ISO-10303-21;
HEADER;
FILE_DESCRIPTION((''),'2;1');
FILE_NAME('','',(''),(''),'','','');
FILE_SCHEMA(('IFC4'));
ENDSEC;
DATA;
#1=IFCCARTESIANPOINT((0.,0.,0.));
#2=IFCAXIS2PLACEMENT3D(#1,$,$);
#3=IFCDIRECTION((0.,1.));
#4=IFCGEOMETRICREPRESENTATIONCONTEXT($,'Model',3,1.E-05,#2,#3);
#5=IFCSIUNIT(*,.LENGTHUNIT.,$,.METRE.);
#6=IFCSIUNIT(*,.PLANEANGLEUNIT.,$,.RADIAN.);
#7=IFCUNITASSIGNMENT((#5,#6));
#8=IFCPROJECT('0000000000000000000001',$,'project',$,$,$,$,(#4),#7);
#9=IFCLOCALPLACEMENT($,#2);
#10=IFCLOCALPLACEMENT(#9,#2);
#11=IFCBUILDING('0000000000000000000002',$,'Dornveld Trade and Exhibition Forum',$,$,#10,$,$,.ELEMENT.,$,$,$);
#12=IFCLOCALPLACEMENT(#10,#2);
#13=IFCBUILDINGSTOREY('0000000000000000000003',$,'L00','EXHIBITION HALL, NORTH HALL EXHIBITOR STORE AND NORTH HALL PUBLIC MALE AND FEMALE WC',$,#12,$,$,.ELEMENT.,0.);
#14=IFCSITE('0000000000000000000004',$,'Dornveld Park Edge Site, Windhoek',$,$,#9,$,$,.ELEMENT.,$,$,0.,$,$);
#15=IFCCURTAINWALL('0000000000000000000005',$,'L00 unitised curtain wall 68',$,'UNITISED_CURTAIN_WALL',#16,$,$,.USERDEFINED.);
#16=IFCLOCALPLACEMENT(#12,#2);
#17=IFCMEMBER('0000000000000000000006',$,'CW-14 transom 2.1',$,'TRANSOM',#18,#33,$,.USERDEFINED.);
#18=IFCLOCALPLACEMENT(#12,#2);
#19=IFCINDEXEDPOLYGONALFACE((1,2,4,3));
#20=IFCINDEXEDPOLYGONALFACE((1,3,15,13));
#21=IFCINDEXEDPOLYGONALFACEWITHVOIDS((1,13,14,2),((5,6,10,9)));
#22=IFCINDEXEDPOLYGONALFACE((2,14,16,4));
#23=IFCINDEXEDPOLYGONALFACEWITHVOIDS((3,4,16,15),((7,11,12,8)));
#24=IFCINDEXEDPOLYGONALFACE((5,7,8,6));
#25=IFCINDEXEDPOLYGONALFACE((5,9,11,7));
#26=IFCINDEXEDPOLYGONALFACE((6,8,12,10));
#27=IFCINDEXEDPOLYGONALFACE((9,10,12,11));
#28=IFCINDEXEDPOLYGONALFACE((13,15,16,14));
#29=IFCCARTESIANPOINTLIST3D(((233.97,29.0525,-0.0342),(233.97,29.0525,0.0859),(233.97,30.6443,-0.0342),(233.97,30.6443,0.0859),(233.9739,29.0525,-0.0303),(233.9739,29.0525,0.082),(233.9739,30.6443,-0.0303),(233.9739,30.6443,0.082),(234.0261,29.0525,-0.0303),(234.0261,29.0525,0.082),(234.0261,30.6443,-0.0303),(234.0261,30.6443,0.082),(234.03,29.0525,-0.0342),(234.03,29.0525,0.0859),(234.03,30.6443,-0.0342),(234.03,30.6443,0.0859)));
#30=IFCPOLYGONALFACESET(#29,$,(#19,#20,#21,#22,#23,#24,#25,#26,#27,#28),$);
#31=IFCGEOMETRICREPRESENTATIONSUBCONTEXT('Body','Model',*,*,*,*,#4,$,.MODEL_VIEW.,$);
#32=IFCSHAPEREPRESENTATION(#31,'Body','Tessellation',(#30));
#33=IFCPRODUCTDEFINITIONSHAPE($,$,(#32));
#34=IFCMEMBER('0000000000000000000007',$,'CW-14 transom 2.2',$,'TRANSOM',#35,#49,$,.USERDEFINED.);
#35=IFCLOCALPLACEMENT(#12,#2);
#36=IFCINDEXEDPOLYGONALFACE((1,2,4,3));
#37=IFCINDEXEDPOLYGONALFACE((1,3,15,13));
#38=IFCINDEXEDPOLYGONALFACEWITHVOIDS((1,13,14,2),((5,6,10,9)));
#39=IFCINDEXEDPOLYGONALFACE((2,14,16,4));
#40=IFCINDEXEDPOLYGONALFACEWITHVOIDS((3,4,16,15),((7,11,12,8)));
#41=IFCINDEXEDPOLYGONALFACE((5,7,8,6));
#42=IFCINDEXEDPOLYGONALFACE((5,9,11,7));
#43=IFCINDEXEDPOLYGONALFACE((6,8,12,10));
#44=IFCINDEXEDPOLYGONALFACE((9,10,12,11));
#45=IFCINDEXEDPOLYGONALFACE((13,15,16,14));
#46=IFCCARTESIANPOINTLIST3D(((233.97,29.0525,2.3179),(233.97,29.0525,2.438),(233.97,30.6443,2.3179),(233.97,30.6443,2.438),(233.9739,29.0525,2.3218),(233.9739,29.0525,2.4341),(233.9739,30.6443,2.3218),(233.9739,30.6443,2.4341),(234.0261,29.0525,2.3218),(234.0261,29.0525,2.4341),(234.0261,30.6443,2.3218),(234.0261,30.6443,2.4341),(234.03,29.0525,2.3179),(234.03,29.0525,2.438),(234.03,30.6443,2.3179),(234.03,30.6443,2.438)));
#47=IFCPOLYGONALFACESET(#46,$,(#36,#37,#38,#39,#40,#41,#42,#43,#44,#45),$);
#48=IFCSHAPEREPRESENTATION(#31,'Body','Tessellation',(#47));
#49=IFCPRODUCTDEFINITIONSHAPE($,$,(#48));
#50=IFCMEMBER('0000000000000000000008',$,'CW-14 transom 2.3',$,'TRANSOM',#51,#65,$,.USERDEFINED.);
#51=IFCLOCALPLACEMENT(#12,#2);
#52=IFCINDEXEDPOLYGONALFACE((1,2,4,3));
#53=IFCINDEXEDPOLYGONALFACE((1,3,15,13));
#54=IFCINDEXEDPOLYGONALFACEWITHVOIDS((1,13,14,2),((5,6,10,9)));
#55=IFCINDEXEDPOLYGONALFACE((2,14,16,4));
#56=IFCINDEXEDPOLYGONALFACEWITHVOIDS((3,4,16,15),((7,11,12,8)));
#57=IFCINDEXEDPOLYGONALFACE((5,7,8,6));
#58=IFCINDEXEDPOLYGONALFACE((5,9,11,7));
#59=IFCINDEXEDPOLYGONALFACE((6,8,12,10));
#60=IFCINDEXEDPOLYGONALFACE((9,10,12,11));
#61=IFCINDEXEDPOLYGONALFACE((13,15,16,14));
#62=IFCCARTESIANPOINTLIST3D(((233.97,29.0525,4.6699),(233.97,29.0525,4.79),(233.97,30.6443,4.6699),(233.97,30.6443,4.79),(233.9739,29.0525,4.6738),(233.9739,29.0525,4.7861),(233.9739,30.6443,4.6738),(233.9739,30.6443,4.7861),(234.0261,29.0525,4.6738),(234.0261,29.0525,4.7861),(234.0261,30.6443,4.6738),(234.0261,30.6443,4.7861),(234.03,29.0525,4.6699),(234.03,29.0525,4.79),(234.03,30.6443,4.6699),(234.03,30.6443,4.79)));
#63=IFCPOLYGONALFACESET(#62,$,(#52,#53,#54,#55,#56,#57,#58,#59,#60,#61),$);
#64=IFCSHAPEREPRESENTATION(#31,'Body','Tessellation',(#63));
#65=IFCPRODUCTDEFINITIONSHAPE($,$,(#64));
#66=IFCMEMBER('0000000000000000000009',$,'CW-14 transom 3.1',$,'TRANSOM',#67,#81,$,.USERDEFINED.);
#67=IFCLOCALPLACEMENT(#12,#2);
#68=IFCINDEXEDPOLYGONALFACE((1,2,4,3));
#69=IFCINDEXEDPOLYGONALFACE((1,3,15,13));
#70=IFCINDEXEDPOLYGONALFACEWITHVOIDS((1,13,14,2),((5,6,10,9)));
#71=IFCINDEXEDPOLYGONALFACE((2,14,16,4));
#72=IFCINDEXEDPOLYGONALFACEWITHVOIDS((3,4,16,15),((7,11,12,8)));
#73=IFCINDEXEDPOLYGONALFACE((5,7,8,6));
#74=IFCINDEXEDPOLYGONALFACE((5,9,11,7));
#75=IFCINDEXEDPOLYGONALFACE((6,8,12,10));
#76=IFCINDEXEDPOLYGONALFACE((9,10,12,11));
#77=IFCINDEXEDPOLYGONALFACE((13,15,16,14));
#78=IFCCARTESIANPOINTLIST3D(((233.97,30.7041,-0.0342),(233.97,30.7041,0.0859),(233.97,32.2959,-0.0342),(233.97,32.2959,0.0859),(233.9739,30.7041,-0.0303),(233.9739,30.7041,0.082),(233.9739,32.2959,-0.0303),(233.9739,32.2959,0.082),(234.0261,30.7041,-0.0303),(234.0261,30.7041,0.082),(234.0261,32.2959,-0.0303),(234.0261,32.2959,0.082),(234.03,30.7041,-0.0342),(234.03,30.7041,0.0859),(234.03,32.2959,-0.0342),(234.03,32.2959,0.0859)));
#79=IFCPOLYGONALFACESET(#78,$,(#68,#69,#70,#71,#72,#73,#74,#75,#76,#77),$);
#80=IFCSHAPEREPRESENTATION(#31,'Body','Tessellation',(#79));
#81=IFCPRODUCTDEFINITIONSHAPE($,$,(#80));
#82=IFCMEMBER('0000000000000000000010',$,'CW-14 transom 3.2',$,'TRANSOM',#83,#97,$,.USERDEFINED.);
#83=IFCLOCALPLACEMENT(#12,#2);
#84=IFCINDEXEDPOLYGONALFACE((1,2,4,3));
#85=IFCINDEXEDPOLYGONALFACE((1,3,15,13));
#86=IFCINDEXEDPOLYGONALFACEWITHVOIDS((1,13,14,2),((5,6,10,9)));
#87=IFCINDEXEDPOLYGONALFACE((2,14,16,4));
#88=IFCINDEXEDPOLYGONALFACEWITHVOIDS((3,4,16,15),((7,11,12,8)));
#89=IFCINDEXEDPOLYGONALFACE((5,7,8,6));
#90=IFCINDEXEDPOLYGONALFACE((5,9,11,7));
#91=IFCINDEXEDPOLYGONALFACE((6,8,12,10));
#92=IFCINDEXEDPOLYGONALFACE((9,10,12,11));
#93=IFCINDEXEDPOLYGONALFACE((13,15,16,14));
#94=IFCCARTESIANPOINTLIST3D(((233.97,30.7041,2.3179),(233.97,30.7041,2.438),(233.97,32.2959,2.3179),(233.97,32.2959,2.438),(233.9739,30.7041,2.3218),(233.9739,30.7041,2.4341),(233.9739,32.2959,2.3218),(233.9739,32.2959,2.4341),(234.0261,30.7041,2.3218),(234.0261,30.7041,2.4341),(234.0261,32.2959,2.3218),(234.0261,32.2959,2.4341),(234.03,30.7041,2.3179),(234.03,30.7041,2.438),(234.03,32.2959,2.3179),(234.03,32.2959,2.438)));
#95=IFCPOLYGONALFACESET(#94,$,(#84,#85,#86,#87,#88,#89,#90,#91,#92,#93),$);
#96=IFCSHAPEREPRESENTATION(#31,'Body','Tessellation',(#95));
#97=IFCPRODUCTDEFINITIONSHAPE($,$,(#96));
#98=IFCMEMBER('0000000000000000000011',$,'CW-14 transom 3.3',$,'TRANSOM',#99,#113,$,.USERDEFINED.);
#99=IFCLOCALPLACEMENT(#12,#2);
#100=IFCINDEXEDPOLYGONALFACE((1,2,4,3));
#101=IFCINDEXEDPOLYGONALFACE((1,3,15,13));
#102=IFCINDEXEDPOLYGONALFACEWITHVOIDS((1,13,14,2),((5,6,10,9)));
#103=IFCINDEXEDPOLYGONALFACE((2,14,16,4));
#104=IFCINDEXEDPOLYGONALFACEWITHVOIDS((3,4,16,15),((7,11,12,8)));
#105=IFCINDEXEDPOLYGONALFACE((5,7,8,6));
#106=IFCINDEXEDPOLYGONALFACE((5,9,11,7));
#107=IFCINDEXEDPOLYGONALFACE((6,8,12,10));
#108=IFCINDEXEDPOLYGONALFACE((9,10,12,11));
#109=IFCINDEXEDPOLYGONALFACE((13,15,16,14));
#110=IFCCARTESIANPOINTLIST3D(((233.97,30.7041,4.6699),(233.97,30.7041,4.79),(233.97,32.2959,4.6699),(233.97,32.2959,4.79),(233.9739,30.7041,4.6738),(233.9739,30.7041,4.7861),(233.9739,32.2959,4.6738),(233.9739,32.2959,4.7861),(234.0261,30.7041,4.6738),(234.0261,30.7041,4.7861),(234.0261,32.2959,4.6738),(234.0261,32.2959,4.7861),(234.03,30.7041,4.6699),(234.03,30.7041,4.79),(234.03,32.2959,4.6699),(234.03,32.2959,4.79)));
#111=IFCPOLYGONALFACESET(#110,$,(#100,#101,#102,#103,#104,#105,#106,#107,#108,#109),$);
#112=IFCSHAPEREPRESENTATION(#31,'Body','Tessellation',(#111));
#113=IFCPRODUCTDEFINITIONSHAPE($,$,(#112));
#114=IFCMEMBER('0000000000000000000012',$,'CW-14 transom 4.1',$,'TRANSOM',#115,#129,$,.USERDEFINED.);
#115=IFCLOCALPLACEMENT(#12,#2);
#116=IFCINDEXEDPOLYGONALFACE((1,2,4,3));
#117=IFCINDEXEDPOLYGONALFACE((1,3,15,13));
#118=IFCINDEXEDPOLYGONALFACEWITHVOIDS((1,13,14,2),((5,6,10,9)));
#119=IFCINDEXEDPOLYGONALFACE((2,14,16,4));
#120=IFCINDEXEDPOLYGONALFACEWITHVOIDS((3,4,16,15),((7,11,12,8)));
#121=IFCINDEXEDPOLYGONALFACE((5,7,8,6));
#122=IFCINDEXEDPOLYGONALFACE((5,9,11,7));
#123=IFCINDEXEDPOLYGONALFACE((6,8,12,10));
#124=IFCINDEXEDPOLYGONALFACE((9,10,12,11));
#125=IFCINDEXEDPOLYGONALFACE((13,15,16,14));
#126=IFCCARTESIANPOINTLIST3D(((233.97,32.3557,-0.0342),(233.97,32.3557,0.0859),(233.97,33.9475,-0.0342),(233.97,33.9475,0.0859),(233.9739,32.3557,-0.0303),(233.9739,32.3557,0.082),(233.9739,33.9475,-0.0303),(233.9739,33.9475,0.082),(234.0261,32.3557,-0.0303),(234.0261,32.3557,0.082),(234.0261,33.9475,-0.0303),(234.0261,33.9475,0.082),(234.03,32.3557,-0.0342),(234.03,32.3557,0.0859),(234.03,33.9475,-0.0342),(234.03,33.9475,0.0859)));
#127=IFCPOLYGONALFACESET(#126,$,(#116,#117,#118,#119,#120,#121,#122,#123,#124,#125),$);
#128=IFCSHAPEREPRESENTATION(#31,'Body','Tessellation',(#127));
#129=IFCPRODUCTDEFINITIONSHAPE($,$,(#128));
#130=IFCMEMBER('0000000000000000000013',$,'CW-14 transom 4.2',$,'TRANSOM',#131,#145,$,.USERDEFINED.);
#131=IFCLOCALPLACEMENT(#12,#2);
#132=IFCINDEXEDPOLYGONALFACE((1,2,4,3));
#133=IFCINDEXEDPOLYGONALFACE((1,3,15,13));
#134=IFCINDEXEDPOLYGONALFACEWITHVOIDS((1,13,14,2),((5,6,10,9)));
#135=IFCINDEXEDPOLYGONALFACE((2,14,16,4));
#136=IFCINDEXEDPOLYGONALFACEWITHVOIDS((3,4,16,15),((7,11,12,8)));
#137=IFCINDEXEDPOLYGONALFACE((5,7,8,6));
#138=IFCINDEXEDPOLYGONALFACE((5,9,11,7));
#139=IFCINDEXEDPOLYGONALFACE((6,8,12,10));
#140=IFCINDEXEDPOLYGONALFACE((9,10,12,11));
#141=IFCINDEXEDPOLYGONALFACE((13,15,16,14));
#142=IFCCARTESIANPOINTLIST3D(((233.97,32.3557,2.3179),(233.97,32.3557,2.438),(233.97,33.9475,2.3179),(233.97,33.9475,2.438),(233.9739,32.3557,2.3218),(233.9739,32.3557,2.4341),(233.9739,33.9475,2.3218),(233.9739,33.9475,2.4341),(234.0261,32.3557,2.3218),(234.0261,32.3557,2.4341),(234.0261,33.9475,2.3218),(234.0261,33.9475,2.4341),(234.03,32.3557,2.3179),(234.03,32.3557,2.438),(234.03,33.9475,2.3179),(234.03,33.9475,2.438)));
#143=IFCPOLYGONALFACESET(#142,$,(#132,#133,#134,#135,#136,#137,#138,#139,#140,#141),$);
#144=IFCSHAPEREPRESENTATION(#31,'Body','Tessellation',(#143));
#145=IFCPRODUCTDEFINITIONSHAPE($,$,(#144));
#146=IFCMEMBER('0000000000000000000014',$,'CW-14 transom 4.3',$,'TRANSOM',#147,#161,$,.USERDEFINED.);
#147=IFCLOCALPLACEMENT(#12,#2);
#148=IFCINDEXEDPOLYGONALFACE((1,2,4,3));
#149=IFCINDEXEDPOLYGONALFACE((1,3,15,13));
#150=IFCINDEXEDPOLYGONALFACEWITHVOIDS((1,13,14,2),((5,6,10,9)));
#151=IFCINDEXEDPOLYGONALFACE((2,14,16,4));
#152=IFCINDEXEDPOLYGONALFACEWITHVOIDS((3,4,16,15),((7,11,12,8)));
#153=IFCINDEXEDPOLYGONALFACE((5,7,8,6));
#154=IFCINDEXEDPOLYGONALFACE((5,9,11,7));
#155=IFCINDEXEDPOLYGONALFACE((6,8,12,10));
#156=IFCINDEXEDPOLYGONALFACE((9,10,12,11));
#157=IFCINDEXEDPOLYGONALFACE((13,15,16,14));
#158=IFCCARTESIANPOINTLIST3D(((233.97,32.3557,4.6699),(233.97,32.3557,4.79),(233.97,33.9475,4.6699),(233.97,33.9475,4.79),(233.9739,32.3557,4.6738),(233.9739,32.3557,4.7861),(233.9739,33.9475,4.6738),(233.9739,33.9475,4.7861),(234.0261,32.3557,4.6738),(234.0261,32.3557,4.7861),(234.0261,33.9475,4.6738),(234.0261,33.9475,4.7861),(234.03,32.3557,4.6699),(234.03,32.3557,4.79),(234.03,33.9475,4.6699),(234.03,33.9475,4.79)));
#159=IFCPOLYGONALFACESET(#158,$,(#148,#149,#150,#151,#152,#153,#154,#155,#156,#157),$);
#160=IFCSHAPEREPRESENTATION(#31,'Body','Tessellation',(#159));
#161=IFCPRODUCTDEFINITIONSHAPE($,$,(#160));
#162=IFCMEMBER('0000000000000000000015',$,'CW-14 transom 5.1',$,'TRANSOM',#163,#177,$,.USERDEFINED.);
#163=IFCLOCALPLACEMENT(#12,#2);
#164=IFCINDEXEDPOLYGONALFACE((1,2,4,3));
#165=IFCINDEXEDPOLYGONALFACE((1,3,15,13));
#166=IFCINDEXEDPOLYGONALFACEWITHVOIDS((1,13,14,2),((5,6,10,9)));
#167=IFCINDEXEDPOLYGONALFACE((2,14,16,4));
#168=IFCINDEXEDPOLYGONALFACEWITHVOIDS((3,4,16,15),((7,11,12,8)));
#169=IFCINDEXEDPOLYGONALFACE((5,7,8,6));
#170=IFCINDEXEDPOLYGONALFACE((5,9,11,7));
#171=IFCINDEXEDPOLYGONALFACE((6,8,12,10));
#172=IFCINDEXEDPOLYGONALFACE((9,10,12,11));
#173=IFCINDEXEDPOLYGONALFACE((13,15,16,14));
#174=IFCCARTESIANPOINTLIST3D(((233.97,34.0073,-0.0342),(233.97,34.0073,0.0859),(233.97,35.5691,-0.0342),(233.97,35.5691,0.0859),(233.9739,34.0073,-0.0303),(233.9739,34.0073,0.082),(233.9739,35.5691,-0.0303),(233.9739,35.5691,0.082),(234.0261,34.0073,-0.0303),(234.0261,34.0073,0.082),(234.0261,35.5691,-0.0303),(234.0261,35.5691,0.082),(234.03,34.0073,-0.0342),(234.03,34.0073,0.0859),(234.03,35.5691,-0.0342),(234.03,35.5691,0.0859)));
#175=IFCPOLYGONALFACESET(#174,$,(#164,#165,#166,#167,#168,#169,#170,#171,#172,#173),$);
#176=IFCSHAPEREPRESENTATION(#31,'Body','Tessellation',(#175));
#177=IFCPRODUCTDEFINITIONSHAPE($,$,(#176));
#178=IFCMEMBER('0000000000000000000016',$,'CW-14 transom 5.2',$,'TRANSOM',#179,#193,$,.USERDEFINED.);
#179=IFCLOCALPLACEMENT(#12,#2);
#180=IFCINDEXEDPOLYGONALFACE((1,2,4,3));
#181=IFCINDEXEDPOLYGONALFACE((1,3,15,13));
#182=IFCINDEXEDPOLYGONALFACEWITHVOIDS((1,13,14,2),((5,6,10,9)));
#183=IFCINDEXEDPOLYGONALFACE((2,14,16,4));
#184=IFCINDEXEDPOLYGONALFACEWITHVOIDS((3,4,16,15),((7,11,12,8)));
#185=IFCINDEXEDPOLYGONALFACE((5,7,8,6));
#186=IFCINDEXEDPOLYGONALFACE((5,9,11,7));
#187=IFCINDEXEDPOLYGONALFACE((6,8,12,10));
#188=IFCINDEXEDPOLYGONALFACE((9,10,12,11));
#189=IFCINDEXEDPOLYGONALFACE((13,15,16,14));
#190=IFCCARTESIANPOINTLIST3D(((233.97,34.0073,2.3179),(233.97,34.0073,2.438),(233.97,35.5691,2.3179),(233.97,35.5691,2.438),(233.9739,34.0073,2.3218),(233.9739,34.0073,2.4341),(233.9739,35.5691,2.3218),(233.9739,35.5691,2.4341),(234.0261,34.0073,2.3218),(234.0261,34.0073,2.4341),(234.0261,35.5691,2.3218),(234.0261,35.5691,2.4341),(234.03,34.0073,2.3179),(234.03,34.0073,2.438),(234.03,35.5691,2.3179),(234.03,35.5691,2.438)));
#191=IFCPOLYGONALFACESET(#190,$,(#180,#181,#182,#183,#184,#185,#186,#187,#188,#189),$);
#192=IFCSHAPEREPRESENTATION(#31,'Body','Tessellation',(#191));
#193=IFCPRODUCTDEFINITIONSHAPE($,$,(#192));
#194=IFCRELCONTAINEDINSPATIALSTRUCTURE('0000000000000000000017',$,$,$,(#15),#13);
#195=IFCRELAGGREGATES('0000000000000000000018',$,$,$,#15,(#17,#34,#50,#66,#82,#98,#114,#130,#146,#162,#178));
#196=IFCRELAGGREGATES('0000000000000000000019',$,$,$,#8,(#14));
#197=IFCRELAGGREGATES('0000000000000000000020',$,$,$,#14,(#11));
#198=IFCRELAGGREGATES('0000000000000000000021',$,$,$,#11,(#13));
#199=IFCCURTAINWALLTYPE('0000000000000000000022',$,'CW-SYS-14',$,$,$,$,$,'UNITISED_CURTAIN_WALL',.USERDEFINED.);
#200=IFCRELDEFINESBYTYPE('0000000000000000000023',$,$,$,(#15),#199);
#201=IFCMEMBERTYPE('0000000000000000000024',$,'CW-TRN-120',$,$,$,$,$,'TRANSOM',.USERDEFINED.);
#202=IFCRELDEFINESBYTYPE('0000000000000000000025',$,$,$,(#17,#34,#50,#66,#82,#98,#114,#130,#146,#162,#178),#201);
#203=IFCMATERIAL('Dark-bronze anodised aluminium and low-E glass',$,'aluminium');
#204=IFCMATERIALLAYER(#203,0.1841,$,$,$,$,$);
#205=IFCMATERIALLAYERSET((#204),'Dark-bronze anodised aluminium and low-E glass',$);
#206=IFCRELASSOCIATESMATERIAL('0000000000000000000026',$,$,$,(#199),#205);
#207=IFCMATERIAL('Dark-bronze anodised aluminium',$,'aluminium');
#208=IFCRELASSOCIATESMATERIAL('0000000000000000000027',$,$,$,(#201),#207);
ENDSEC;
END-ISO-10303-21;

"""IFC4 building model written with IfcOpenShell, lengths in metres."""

from ifc_helpers import new_model, si_unit, direction, frame, origin, origin_2d, place, context, subcontext, project, spatial, hollow_rectangle, extrude, material, layer, layer_set, material_profile, profile_set, type_object, element, aggregate, save


model = new_model("IFC4")

# Units and contexts
model_context = context("Model", 3, precision=1e-05, world=origin(), true_north=direction((0.0, 1.0)))
body_context = subcontext(model_context, "Body", "Model", "MODEL_VIEW")
ifc_project = project(units=[si_unit("LENGTHUNIT", "METRE"), si_unit("PLANEANGLEUNIT", "RADIAN")], contexts=[model_context])

# Site, building, storey
site_placement = place(None, origin())
site = spatial("IfcSite", under=ifc_project, at=site_placement, Name="Dornveld Park Edge Site, Windhoek", CompositionType="ELEMENT", RefElevation=0.0)
building_placement = place(site_placement, origin())
building = spatial("IfcBuilding", under=site, at=building_placement, Name="Dornveld Trade and Exhibition Forum", CompositionType="ELEMENT")
storey_placement = place(building_placement, origin())
storey = spatial("IfcBuildingStorey", under=building, at=storey_placement, Name="L00", Description="EXHIBITION HALL, NORTH HALL EXHIBITOR STORE AND NORTH HALL PUBLIC MALE AND FEMALE WC", CompositionType="ELEMENT", Elevation=0.0)

# Curtain wall, members
ifc_material_1 = material(Name="Dark-bronze anodised aluminium and low-E glass", Category="aluminium")
ifc_layer_1 = layer(ifc_material_1, 0.1841)
ifc_layer_set_1 = layer_set([ifc_layer_1], Name="Dark-bronze anodised aluminium and low-E glass")
curtain_wall_type = type_object("IfcCurtainWallType", Name="CW-SYS-14", ElementType="UNITISED_CURTAIN_WALL", PredefinedType="USERDEFINED", material=ifc_layer_set_1)
curtain_wall_placement = place(storey_placement, origin())
curtain_wall = element("IfcCurtainWall", 1, at=curtain_wall_placement, inside=storey, type_object=curtain_wall_type, Name="L00 unitised curtain wall 68", ObjectType="UNITISED_CURTAIN_WALL", PredefinedType="USERDEFINED")
ifc_material_2 = material(Name="Dark-bronze anodised aluminium", Category="aluminium")
ifc_material_profile_1 = material_profile(ifc_material_2, hollow_rectangle(XDim=0.0601, YDim=0.1201, WallThickness=0.0039, at=origin_2d()), Name="RHS 120x60x4")
ifc_profile_set_1 = profile_set([ifc_material_profile_1], Name="Dark-bronze anodised aluminium")
member_type_1 = type_object("IfcMemberType", Name="CW-TRN-120", ElementType="TRANSOM", PredefinedType="USERDEFINED", material=ifc_profile_set_1)
member_1_placement = place(storey_placement, frame((234.0, 29.0525, 0.0259), z_axis=(0.0, 1.0, 0.0), x_axis=(-1.0, 0.0, 0.0)))
member_1 = element("IfcMember", 2, at=member_1_placement, type_object=member_type_1, Name="CW-14 transom 2.1", ObjectType="TRANSOM", PredefinedType="USERDEFINED", context=body_context, shape_type="SweptSolid", body=[
    extrude(hollow_rectangle(XDim=0.0601, YDim=0.1201, WallThickness=0.0039, at=origin_2d()), origin(), (0.0, 0.0, 1.0), 1.5918),
])
member_2_placement = place(storey_placement, frame((234.0, 29.0525, 2.3779), z_axis=(0.0, 1.0, 0.0), x_axis=(-1.0, 0.0, 0.0)))
member_2 = element("IfcMember", 3, at=member_2_placement, type_object=member_type_1, Name="CW-14 transom 2.2", ObjectType="TRANSOM", PredefinedType="USERDEFINED", context=body_context, shape_type="SweptSolid", body=[
    extrude(hollow_rectangle(XDim=0.0601, YDim=0.1201, WallThickness=0.0039, at=origin_2d()), origin(), (0.0, 0.0, 1.0), 1.5918),
])
member_3_placement = place(storey_placement, frame((234.0, 29.0525, 4.73), z_axis=(0.0, 1.0, 0.0), x_axis=(-1.0, 0.0, 0.0)))
member_3 = element("IfcMember", 4, at=member_3_placement, type_object=member_type_1, Name="CW-14 transom 2.3", ObjectType="TRANSOM", PredefinedType="USERDEFINED", context=body_context, shape_type="SweptSolid", body=[
    extrude(hollow_rectangle(XDim=0.0601, YDim=0.1201, WallThickness=0.0039, at=origin_2d()), origin(), (0.0, 0.0, 1.0), 1.5918),
])
member_4_placement = place(storey_placement, frame((234.0, 30.7041, 0.0259), z_axis=(0.0, 1.0, 0.0), x_axis=(-1.0, 0.0, 0.0)))
member_4 = element("IfcMember", 5, at=member_4_placement, type_object=member_type_1, Name="CW-14 transom 3.1", ObjectType="TRANSOM", PredefinedType="USERDEFINED", context=body_context, shape_type="SweptSolid", body=[
    extrude(hollow_rectangle(XDim=0.0601, YDim=0.1201, WallThickness=0.0039, at=origin_2d()), origin(), (0.0, 0.0, 1.0), 1.5918),
])
member_5_placement = place(storey_placement, frame((234.0, 30.7041, 2.3779), z_axis=(0.0, 1.0, 0.0), x_axis=(-1.0, 0.0, 0.0)))
member_5 = element("IfcMember", 6, at=member_5_placement, type_object=member_type_1, Name="CW-14 transom 3.2", ObjectType="TRANSOM", PredefinedType="USERDEFINED", context=body_context, shape_type="SweptSolid", body=[
    extrude(hollow_rectangle(XDim=0.0601, YDim=0.1201, WallThickness=0.0039, at=origin_2d()), origin(), (0.0, 0.0, 1.0), 1.5918),
])
member_6_placement = place(storey_placement, frame((234.0, 30.7041, 4.73), z_axis=(0.0, 1.0, 0.0), x_axis=(-1.0, 0.0, 0.0)))
member_6 = element("IfcMember", 7, at=member_6_placement, type_object=member_type_1, Name="CW-14 transom 3.3", ObjectType="TRANSOM", PredefinedType="USERDEFINED", context=body_context, shape_type="SweptSolid", body=[
    extrude(hollow_rectangle(XDim=0.0601, YDim=0.1201, WallThickness=0.0039, at=origin_2d()), origin(), (0.0, 0.0, 1.0), 1.5918),
])
member_7_placement = place(storey_placement, frame((234.0, 32.3557, 0.0259), z_axis=(0.0, 1.0, 0.0), x_axis=(-1.0, 0.0, 0.0)))
member_7 = element("IfcMember", 8, at=member_7_placement, type_object=member_type_1, Name="CW-14 transom 4.1", ObjectType="TRANSOM", PredefinedType="USERDEFINED", context=body_context, shape_type="SweptSolid", body=[
    extrude(hollow_rectangle(XDim=0.0601, YDim=0.1201, WallThickness=0.0039, at=origin_2d()), origin(), (0.0, 0.0, 1.0), 1.5918),
])
member_8_placement = place(storey_placement, frame((234.0, 32.3557, 2.3779), z_axis=(0.0, 1.0, 0.0), x_axis=(-1.0, 0.0, 0.0)))
member_8 = element("IfcMember", 9, at=member_8_placement, type_object=member_type_1, Name="CW-14 transom 4.2", ObjectType="TRANSOM", PredefinedType="USERDEFINED", context=body_context, shape_type="SweptSolid", body=[
    extrude(hollow_rectangle(XDim=0.0601, YDim=0.1201, WallThickness=0.0039, at=origin_2d()), origin(), (0.0, 0.0, 1.0), 1.5918),
])
member_9_placement = place(storey_placement, frame((234.0, 32.3557, 4.73), z_axis=(0.0, 1.0, 0.0), x_axis=(-1.0, 0.0, 0.0)))
member_9 = element("IfcMember", 10, at=member_9_placement, type_object=member_type_1, Name="CW-14 transom 4.3", ObjectType="TRANSOM", PredefinedType="USERDEFINED", context=body_context, shape_type="SweptSolid", body=[
    extrude(hollow_rectangle(XDim=0.0601, YDim=0.1201, WallThickness=0.0039, at=origin_2d()), origin(), (0.0, 0.0, 1.0), 1.5918),
])
member_10_placement = place(storey_placement, frame((234.0, 34.0073, 0.0259), z_axis=(0.0, 1.0, 0.0), x_axis=(-1.0, 0.0, 0.0)))
member_10 = element("IfcMember", 11, at=member_10_placement, type_object=member_type_1, Name="CW-14 transom 5.1", ObjectType="TRANSOM", PredefinedType="USERDEFINED", context=body_context, shape_type="SweptSolid", body=[
    extrude(hollow_rectangle(XDim=0.0601, YDim=0.1201, WallThickness=0.0039, at=origin_2d()), origin(), (0.0, 0.0, 1.0), 1.5618),
])
member_11_placement = place(storey_placement, frame((234.0, 34.0073, 2.3779), z_axis=(0.0, 1.0, 0.0), x_axis=(-1.0, 0.0, 0.0)))
member_11 = element("IfcMember", 12, at=member_11_placement, type_object=member_type_1, Name="CW-14 transom 5.2", ObjectType="TRANSOM", PredefinedType="USERDEFINED", context=body_context, shape_type="SweptSolid", body=[
    extrude(hollow_rectangle(XDim=0.0601, YDim=0.1201, WallThickness=0.0039, at=origin_2d()), origin(), (0.0, 0.0, 1.0), 1.5618),
])
aggregate(curtain_wall, [member_1, member_2, member_3, member_4, member_5, member_6, member_7, member_8, member_9, member_10, member_11])

save(model, "model.ifc")
